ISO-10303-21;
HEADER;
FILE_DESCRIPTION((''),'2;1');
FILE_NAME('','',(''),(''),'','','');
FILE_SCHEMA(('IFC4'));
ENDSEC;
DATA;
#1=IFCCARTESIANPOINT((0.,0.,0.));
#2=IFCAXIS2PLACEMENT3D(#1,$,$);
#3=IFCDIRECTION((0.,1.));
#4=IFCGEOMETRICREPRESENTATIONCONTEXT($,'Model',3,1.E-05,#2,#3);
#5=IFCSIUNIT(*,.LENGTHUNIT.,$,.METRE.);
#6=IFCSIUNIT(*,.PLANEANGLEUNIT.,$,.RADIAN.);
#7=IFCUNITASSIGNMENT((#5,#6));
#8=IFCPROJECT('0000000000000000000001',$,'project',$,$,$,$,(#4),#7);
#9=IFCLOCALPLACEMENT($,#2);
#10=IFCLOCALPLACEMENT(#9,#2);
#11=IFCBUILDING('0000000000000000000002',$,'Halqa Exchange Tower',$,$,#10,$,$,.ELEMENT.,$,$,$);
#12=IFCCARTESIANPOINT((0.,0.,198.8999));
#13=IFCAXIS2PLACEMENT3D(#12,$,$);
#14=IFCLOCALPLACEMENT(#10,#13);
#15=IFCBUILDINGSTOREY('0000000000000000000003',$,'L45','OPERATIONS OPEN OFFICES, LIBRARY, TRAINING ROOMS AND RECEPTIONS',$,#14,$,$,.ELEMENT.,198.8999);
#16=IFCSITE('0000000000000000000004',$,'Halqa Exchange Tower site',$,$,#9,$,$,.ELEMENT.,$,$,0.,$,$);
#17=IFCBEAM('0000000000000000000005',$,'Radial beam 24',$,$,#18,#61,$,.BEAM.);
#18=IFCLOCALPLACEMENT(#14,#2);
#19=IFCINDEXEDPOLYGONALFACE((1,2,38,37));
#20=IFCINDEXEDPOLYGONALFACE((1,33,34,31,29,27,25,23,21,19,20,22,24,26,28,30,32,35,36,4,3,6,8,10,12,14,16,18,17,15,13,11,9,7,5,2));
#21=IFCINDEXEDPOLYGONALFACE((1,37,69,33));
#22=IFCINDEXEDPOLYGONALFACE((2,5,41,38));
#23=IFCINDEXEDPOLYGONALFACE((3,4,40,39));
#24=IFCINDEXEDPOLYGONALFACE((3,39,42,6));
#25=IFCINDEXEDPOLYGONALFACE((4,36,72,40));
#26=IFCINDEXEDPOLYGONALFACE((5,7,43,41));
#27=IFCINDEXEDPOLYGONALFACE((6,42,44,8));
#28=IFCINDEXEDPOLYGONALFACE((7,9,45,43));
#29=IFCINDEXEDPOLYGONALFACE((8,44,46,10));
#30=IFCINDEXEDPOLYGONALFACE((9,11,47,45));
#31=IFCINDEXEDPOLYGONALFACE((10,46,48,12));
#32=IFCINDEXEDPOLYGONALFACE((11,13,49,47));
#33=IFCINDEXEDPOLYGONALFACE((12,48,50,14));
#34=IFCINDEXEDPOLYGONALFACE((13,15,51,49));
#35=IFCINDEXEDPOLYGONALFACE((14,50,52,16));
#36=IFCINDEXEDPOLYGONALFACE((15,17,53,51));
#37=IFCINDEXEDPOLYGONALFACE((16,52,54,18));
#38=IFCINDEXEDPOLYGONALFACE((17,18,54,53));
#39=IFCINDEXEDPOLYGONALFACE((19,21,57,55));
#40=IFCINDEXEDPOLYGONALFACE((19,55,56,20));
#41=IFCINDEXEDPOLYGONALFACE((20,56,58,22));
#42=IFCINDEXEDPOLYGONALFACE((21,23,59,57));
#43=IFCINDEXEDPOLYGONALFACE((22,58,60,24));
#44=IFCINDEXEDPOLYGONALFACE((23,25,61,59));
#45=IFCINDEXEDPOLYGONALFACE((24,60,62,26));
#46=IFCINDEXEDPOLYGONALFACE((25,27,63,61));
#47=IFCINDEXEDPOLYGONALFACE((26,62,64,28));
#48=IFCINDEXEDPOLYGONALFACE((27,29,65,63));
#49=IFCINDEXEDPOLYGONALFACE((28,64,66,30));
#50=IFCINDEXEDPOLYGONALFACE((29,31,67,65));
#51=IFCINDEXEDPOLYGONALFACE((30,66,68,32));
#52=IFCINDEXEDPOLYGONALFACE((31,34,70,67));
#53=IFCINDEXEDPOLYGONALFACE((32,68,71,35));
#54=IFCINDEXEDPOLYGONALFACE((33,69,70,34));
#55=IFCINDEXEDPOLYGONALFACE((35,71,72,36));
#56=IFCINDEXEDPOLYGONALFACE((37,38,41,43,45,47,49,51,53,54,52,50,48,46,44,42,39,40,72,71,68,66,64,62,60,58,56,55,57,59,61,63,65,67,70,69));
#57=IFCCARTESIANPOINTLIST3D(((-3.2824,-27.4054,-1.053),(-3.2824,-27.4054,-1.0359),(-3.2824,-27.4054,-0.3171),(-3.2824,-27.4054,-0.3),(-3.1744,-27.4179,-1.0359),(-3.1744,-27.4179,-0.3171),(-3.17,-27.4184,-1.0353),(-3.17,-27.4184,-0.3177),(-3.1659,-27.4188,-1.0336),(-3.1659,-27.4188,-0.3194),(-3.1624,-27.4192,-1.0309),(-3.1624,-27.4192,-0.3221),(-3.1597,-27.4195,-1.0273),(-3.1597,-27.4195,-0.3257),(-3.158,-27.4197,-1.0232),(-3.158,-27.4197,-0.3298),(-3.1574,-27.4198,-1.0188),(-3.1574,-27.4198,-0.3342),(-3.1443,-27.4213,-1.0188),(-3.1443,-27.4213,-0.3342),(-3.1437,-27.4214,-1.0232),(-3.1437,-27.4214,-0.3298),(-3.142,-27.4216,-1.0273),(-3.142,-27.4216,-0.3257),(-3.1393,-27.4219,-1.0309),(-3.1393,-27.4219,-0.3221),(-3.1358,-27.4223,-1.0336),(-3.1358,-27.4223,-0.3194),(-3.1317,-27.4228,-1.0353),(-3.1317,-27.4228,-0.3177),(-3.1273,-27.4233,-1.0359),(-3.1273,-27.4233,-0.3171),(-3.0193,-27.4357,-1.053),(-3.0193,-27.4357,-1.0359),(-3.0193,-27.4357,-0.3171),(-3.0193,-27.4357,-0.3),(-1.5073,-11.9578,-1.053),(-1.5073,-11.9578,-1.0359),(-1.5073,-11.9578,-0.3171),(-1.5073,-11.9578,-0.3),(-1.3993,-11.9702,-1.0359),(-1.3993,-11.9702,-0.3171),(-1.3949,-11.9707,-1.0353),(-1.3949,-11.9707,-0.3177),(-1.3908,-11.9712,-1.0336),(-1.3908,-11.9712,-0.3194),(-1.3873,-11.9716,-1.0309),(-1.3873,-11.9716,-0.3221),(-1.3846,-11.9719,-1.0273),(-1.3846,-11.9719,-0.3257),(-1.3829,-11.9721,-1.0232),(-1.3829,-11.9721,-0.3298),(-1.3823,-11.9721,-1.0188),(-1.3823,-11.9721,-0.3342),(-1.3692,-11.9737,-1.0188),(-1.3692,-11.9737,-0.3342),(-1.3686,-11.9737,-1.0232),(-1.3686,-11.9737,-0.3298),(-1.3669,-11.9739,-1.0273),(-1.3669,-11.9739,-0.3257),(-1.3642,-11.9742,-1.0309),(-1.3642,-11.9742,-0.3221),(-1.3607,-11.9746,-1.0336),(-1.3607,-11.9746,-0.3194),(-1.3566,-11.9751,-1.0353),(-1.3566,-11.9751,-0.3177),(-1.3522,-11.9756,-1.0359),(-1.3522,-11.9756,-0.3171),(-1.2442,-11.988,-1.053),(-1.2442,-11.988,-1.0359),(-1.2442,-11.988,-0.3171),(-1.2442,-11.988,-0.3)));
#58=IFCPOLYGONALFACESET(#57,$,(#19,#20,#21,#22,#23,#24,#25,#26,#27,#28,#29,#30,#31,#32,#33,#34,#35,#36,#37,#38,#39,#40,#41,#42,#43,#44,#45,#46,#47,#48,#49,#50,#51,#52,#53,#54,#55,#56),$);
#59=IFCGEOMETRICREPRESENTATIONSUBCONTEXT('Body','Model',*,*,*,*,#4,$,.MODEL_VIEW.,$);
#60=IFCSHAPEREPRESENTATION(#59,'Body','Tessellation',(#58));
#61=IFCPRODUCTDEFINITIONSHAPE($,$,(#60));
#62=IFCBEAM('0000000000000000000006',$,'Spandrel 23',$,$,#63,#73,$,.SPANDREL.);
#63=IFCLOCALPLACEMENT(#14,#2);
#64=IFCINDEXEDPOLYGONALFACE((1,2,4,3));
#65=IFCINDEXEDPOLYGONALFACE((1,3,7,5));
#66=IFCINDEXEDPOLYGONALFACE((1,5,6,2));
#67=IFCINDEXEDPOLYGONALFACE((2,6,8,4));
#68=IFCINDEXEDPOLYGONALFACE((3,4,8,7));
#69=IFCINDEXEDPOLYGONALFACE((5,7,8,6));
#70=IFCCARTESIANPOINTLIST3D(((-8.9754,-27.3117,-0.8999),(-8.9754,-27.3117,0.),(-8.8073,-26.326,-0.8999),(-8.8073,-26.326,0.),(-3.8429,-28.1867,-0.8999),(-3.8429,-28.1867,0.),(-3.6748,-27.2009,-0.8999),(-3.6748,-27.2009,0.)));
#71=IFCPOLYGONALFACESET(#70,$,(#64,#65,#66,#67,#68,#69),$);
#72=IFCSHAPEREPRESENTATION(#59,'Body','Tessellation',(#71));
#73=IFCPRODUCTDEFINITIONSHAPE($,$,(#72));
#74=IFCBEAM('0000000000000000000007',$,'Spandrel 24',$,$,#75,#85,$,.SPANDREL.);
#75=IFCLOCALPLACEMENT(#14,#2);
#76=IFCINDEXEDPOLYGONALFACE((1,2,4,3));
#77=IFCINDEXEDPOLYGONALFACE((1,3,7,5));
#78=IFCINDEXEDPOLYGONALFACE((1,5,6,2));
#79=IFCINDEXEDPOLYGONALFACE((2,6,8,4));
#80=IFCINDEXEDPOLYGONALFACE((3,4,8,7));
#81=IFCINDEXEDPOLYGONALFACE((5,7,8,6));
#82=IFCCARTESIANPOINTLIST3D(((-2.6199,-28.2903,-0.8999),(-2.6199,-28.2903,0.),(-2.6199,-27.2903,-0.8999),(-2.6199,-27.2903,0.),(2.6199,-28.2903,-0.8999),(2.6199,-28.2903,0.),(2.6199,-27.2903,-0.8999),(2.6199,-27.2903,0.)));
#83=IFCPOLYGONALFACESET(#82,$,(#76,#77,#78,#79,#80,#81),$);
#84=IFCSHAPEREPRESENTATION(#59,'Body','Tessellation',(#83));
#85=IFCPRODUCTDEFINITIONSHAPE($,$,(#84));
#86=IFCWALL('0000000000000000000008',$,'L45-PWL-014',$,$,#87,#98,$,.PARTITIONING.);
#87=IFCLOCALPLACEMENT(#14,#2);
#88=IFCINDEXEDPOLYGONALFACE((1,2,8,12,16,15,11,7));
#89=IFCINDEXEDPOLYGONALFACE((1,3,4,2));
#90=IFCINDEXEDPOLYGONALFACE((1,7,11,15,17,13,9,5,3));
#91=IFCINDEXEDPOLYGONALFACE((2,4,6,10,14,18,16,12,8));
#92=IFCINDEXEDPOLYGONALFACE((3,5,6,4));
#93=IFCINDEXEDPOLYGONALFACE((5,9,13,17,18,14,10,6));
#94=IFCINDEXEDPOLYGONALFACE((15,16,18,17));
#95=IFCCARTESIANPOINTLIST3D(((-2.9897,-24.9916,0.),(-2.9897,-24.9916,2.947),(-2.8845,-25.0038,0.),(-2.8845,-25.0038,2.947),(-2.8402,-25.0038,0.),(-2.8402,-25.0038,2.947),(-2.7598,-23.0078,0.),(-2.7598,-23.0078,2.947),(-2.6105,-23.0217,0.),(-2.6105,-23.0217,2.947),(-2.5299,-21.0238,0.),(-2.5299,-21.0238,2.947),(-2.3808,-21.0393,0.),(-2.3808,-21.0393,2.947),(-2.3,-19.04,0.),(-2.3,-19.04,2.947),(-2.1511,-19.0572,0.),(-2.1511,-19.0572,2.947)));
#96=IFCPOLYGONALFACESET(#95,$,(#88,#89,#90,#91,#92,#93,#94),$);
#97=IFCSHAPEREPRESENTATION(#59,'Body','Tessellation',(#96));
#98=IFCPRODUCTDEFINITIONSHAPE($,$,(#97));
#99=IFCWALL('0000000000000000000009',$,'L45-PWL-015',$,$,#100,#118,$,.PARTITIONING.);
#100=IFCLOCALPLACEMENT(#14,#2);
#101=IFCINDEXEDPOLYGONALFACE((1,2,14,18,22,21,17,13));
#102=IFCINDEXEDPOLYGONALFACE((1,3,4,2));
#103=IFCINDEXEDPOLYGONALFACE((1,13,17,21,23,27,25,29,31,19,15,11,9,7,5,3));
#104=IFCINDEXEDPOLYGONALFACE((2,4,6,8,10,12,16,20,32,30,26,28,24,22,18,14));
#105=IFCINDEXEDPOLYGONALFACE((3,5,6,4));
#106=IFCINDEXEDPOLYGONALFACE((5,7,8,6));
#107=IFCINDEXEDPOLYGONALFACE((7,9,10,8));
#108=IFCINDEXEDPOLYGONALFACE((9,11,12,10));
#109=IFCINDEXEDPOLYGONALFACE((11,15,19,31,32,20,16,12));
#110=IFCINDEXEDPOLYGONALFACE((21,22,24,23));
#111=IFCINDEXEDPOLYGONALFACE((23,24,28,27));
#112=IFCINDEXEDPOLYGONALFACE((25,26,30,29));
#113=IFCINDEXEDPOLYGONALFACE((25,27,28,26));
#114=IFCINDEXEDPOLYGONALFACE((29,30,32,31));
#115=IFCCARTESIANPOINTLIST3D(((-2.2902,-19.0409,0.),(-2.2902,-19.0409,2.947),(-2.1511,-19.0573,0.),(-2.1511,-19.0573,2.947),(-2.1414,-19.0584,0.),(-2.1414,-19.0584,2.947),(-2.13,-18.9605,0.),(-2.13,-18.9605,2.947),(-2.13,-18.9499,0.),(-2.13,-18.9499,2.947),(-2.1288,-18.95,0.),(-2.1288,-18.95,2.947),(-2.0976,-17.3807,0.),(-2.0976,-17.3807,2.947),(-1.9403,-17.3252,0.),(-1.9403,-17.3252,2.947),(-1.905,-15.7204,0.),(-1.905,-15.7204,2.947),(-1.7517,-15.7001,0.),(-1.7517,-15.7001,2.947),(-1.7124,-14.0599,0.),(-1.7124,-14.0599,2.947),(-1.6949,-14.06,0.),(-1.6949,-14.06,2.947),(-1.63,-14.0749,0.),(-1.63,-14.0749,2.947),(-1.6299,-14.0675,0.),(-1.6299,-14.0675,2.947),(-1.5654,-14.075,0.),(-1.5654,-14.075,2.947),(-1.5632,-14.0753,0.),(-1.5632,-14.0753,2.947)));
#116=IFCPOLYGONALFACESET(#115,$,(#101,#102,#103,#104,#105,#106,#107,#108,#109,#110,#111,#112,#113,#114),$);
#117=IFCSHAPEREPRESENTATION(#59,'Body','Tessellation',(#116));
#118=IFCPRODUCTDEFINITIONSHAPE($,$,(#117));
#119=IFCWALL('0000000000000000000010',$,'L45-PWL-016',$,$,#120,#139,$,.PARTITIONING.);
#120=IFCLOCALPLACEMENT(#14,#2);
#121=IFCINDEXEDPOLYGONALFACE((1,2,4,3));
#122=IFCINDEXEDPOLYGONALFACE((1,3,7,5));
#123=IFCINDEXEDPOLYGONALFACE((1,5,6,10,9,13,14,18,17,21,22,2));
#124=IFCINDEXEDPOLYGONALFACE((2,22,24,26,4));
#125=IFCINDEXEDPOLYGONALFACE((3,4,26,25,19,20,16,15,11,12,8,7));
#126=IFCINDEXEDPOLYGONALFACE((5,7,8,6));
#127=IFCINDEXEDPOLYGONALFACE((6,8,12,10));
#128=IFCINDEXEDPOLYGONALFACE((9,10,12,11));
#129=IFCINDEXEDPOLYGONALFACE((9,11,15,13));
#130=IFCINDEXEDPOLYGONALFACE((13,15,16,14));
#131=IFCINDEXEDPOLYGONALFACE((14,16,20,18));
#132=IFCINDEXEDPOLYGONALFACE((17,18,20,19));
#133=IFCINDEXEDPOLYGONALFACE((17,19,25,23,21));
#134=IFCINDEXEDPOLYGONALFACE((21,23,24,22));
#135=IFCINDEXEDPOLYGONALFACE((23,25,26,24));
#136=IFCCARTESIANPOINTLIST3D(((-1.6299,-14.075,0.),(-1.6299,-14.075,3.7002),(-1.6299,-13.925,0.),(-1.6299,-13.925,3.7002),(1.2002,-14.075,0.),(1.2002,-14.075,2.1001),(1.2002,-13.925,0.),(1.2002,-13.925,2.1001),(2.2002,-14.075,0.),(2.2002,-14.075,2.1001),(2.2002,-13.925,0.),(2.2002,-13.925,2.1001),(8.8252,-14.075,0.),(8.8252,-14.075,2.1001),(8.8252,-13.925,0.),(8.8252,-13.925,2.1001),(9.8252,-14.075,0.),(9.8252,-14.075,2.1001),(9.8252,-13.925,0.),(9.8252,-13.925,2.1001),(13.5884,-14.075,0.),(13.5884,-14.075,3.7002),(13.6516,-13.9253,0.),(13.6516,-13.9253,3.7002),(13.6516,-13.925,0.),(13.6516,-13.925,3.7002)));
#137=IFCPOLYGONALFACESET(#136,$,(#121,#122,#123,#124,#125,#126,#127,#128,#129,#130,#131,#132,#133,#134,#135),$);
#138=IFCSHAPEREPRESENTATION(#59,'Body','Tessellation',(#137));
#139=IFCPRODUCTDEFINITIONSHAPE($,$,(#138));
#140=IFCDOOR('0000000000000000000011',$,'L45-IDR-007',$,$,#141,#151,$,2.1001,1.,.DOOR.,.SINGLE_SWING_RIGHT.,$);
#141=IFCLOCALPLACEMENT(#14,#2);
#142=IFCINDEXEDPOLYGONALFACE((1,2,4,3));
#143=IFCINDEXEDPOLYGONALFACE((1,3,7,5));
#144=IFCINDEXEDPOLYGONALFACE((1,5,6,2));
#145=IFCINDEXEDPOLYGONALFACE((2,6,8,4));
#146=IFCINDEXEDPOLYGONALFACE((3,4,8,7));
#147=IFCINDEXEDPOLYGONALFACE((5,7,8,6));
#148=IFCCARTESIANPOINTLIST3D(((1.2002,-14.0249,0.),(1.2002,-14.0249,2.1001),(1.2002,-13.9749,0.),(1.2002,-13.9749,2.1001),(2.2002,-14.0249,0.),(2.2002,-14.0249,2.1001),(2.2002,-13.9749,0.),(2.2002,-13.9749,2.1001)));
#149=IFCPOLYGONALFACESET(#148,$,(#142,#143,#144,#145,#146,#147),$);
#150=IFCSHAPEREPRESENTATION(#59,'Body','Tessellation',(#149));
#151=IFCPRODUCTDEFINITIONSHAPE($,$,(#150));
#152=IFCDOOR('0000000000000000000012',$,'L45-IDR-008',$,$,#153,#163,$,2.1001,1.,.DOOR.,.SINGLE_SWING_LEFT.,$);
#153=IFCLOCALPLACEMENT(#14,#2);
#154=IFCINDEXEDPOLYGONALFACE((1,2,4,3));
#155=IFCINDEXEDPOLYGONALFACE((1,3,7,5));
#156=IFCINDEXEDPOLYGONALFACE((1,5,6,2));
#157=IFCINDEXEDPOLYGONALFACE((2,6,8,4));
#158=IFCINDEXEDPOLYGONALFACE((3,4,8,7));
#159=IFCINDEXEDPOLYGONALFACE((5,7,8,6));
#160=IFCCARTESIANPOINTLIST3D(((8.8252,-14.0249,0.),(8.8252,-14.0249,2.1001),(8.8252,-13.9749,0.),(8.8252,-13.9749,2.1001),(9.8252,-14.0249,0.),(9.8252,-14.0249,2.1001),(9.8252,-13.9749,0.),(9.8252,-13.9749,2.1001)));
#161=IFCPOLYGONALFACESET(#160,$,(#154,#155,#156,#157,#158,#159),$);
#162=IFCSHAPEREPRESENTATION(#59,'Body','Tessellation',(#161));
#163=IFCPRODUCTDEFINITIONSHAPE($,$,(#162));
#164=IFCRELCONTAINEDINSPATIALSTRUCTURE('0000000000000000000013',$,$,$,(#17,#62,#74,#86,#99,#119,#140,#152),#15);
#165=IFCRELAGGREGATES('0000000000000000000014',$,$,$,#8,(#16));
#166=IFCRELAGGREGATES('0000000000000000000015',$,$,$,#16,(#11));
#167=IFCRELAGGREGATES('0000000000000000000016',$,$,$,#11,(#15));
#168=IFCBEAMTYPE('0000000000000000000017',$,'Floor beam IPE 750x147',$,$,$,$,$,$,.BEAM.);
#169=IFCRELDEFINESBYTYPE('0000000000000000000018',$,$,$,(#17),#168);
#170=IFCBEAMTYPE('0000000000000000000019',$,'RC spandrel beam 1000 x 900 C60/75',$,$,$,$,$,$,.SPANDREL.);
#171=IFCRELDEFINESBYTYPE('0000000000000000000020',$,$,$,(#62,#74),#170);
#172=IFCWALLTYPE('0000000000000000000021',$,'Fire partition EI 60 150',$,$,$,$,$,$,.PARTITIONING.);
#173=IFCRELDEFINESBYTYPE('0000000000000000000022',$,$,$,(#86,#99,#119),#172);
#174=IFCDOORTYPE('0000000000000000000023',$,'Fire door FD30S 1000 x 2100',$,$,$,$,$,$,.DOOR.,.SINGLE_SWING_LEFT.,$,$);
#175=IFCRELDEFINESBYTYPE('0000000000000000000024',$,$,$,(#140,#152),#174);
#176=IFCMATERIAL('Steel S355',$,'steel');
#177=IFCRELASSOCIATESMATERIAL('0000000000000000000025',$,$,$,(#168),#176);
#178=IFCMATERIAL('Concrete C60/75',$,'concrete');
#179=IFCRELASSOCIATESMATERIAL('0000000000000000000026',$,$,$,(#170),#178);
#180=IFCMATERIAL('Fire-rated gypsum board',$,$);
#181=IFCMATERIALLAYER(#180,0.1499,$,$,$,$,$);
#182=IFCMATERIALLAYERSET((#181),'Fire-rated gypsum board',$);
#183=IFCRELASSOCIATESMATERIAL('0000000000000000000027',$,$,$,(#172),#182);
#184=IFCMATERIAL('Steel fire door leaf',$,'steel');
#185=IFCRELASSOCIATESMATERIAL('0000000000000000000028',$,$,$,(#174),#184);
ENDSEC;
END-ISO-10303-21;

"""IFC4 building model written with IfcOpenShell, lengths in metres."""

from ifc_helpers import new_model, si_unit, direction, frame, frame_2d, origin, origin_2d, place, context, subcontext, project, spatial, polyline, rectangle, i_section, outline, extrude, material, layer, layer_set, material_profile, profile_set, type_object, element, fill, save


model = new_model("IFC4")

# Units and contexts
model_context = context("Model", 3, precision=1e-05, world=origin(), true_north=direction((0.0, 1.0)))
body_context = subcontext(model_context, "Body", "Model", "MODEL_VIEW")
ifc_project = project(units=[si_unit("LENGTHUNIT", "METRE"), si_unit("PLANEANGLEUNIT", "RADIAN")], contexts=[model_context])

# Site, building, storey
site_placement = place(None, origin())
site = spatial("IfcSite", under=ifc_project, at=site_placement, Name="Halqa Exchange Tower site", CompositionType="ELEMENT", RefElevation=0.0)
building_placement = place(site_placement, origin())
building = spatial("IfcBuilding", under=site, at=building_placement, Name="Halqa Exchange Tower", CompositionType="ELEMENT")
storey_placement = place(building_placement, frame((0.0, 0.0, 198.8999)))
storey = spatial("IfcBuildingStorey", under=building, at=storey_placement, Name="L45", Description="OPERATIONS OPEN OFFICES, LIBRARY, TRAINING ROOMS AND RECEPTIONS", CompositionType="ELEMENT", Elevation=198.8999)

# Shared definitions
ifc_material_1 = material(Name="Concrete C60/75", Category="concrete")

# Beams
ifc_material_2 = material(Name="Steel S355", Category="steel")
ifc_material_profile_1 = material_profile(ifc_material_2, i_section(OverallWidth=0.2649, OverallDepth=0.7529, WebThickness=0.0132, FlangeThickness=0.0171, FilletRadius=0.0171, at=origin_2d()), Name="IPE 750x147")
ifc_profile_set_1 = profile_set([ifc_material_profile_1], Name="Steel S355")
beam_type_1 = type_object("IfcBeamType", Name="Floor beam IPE 750x147", PredefinedType="BEAM", material=ifc_profile_set_1)
beam_1_placement = place(storey_placement, frame((-1.3757, -11.9729, -0.6765), z_axis=(-0.114162, -0.993462, 0.0), x_axis=(0.993462, -0.114162, 0.0)))
element("IfcBeam", 1, at=beam_1_placement, inside=storey, type_object=beam_type_1, Name="Radial beam 24", PredefinedType="BEAM", context=body_context, shape_type="SweptSolid", body=[
    extrude(i_section(OverallWidth=0.2649, OverallDepth=0.7529, WebThickness=0.0132, FlangeThickness=0.0171, FilletRadius=0.0171, at=origin_2d()), origin(), (0.0, 0.0, 1.0), 15.5493),
])
ifc_material_profile_2 = material_profile(ifc_material_1, rectangle(XDim=1.0, YDim=0.8999, at=origin_2d()), Name="1000 x 900")
ifc_profile_set_2 = profile_set([ifc_material_profile_2], Name="Concrete C60/75")
beam_type_2 = type_object("IfcBeamType", Name="RC spandrel beam 1000 x 900 C60/75", PredefinedType="SPANDREL", material=ifc_profile_set_2)
beam_2_placement = place(storey_placement, frame((-8.8914, -26.8188, -0.45), z_axis=(0.985778, -0.168055, 0.0), x_axis=(0.168055, 0.985778, 0.0)))
element("IfcBeam", 2, at=beam_2_placement, inside=storey, type_object=beam_type_2, Name="Spandrel 23", PredefinedType="SPANDREL", context=body_context, shape_type="SweptSolid", body=[
    extrude(rectangle(XDim=1.0, YDim=0.8999, at=origin_2d()), origin(), (0.0, 0.0, 1.0), 5.2065),
])
beam_3_placement = place(storey_placement, frame((-2.6199, -27.7903, -0.45), z_axis=(1.0, 0.0, 0.0), x_axis=(0.0, 1.0, 0.0)))
element("IfcBeam", 3, at=beam_3_placement, inside=storey, type_object=beam_type_2, Name="Spandrel 24", PredefinedType="SPANDREL", context=body_context, shape_type="SweptSolid", body=[
    extrude(rectangle(XDim=1.0, YDim=0.8999, at=origin_2d()), origin(), (0.0, 0.0, 1.0), 5.2397),
])

# Walls
ifc_material_3 = material(Name="Fire-rated gypsum board")
ifc_layer_1 = layer(ifc_material_3, 0.1499)
ifc_layer_set_1 = layer_set([ifc_layer_1], Name="Fire-rated gypsum board")
wall_type_1 = type_object("IfcWallType", Name="Fire partition EI 60 150", PredefinedType="PARTITIONING", material=ifc_layer_set_1)
wall_1_placement = place(storey_placement, frame((-2.9153, -25.0002, 0.0), z_axis=(0.0, 0.0, 1.0), x_axis=(0.115113, 0.993352, 0.0)))
element("IfcWall", 4, at=wall_1_placement, inside=storey, type_object=wall_type_1, Name="L45-PWL-014", PredefinedType="PARTITIONING", context=body_context, shape_type="SweptSolid", body=[
    extrude(outline(polyline([(0.0, 0.075), (0.0, -0.031), (0.0051, -0.075), (2.0005, -0.075), (3.9961, -0.075), (5.9915, -0.075), (5.9915, 0.075), (3.9944, 0.075), (1.9971, 0.075), (0.0, 0.075)])), origin(), (0.0, 0.0, 1.0), 2.947),
])
wall_2_placement = place(storey_placement, frame((-2.2158, -19.0498, 0.0), z_axis=(0.0, 0.0, 1.0), x_axis=(0.115243, 0.993337, 0.0)))
element("IfcWall", 5, at=wall_2_placement, inside=storey, type_object=wall_type_1, Name="L45-PWL-015", PredefinedType="PARTITIONING", context=body_context, shape_type="SweptSolid", body=[
    extrude(outline(polyline([(0.0, -0.075), (0.0986, -0.075), (0.1091, -0.0737), (0.1091, -0.075), (1.7449, -0.075), (3.3809, -0.075), (5.0166, -0.075), (5.0166, -0.0728), (5.0093, -0.0085), (5.0166, -0.0078), (5.0166, 0.0576), (5.0146, 0.075), (3.343, 0.075), (1.6716, 0.075), (0.0002, 0.075), (0.0, -0.0652), (0.0, -0.0652), (0.0, -0.075)])), origin(), (0.0, 0.0, 1.0), 2.947),
])

# Wall, openings, doors
wall_3_placement = place(storey_placement, frame((-1.6299, -14.0, 0.0), z_axis=(0.0, 0.0, 1.0), x_axis=(1.0, 0.0, 0.0)))
wall_3 = element("IfcWall", 6, at=wall_3_placement, inside=storey, type_object=wall_type_1, Name="L45-PWL-016", PredefinedType="PARTITIONING", context=body_context, shape_type="SweptSolid", body=[
    extrude(outline(polyline([(0.0, -0.075), (1.9023, -0.075), (3.8044, -0.075), (5.7068, -0.075), (7.6091, -0.075), (9.5115, -0.075), (11.4136, -0.075), (13.3159, -0.075), (15.2183, -0.075), (15.2815, 0.0747), (15.2815, 0.075), (13.3713, 0.075), (11.4612, 0.075), (9.551, 0.075), (7.6406, 0.075), (5.7305, 0.075), (3.8203, 0.075), (1.9102, 0.075), (0.0, 0.075), (0.0, -0.075)])), origin(), (0.0, 0.0, 1.0), 3.7002),
])
opening_1_placement = place(wall_3_placement, frame((2.8301, 0.0, 0.0)))
opening_1 = element("IfcOpeningElement", 7, at=opening_1_placement, cuts=wall_3, PredefinedType="OPENING", context=body_context, shape_type="SweptSolid", body=[
    extrude(rectangle(XDim=1.0, YDim=2.1001, at=frame_2d((0.5, 1.05))), frame((0.0, 0.0869, 0.0), z_axis=(0.0, -1.0, 0.0), x_axis=(1.0, 0.0, 0.0)), (0.0, 0.0, 1.0), 0.1738),
])
opening_2_placement = place(wall_3_placement, frame((10.4551, 0.0, 0.0)))
opening_2 = element("IfcOpeningElement", 8, at=opening_2_placement, cuts=wall_3, PredefinedType="OPENING", context=body_context, shape_type="SweptSolid", body=[
    extrude(rectangle(XDim=1.0, YDim=2.1001, at=frame_2d((0.5, 1.05))), frame((0.0, 0.0869, 0.0), z_axis=(0.0, -1.0, 0.0), x_axis=(1.0, 0.0, 0.0)), (0.0, 0.0, 1.0), 0.1738),
])
ifc_material_4 = material(Name="Steel fire door leaf", Category="steel")
door_type_1 = type_object("IfcDoorType", Name="Fire door FD30S 1000 x 2100", OperationType="SINGLE_SWING_LEFT", PredefinedType="DOOR", material=ifc_material_4)
door_1_placement = place(opening_1_placement, frame((1.0, 0.0, 0.0), z_axis=(0.0, 0.0, 1.0), x_axis=(-1.0, 0.0, 0.0)))
door_1 = element("IfcDoor", 9, at=door_1_placement, inside=storey, type_object=door_type_1, Name="L45-IDR-007", OperationType="SINGLE_SWING_RIGHT", OverallHeight=2.1001, OverallWidth=1.0, PredefinedType="DOOR", context=body_context, shape_type="SweptSolid", body=[
    extrude(rectangle(XDim=1.0, YDim=2.1001, at=frame_2d((0.5, 1.05))), frame((0.0, 0.0249, 0.0), z_axis=(0.0, -1.0, 0.0), x_axis=(1.0, 0.0, 0.0)), (0.0, 0.0, 1.0), 0.05),
])
fill(opening_1, door_1)
door_2_placement = place(opening_2_placement, frame((1.0, 0.0, 0.0), z_axis=(0.0, 0.0, 1.0), x_axis=(-1.0, 0.0, 0.0)))
door_2 = element("IfcDoor", 10, at=door_2_placement, inside=storey, type_object=door_type_1, Name="L45-IDR-008", OperationType="SINGLE_SWING_LEFT", OverallHeight=2.1001, OverallWidth=1.0, PredefinedType="DOOR", context=body_context, shape_type="SweptSolid", body=[
    extrude(rectangle(XDim=1.0, YDim=2.1001, at=frame_2d((0.5, 1.05))), frame((0.0, 0.0249, 0.0), z_axis=(0.0, -1.0, 0.0), x_axis=(1.0, 0.0, 0.0)), (0.0, 0.0, 1.0), 0.05),
])
fill(opening_2, door_2)

save(model, "model.ifc")
